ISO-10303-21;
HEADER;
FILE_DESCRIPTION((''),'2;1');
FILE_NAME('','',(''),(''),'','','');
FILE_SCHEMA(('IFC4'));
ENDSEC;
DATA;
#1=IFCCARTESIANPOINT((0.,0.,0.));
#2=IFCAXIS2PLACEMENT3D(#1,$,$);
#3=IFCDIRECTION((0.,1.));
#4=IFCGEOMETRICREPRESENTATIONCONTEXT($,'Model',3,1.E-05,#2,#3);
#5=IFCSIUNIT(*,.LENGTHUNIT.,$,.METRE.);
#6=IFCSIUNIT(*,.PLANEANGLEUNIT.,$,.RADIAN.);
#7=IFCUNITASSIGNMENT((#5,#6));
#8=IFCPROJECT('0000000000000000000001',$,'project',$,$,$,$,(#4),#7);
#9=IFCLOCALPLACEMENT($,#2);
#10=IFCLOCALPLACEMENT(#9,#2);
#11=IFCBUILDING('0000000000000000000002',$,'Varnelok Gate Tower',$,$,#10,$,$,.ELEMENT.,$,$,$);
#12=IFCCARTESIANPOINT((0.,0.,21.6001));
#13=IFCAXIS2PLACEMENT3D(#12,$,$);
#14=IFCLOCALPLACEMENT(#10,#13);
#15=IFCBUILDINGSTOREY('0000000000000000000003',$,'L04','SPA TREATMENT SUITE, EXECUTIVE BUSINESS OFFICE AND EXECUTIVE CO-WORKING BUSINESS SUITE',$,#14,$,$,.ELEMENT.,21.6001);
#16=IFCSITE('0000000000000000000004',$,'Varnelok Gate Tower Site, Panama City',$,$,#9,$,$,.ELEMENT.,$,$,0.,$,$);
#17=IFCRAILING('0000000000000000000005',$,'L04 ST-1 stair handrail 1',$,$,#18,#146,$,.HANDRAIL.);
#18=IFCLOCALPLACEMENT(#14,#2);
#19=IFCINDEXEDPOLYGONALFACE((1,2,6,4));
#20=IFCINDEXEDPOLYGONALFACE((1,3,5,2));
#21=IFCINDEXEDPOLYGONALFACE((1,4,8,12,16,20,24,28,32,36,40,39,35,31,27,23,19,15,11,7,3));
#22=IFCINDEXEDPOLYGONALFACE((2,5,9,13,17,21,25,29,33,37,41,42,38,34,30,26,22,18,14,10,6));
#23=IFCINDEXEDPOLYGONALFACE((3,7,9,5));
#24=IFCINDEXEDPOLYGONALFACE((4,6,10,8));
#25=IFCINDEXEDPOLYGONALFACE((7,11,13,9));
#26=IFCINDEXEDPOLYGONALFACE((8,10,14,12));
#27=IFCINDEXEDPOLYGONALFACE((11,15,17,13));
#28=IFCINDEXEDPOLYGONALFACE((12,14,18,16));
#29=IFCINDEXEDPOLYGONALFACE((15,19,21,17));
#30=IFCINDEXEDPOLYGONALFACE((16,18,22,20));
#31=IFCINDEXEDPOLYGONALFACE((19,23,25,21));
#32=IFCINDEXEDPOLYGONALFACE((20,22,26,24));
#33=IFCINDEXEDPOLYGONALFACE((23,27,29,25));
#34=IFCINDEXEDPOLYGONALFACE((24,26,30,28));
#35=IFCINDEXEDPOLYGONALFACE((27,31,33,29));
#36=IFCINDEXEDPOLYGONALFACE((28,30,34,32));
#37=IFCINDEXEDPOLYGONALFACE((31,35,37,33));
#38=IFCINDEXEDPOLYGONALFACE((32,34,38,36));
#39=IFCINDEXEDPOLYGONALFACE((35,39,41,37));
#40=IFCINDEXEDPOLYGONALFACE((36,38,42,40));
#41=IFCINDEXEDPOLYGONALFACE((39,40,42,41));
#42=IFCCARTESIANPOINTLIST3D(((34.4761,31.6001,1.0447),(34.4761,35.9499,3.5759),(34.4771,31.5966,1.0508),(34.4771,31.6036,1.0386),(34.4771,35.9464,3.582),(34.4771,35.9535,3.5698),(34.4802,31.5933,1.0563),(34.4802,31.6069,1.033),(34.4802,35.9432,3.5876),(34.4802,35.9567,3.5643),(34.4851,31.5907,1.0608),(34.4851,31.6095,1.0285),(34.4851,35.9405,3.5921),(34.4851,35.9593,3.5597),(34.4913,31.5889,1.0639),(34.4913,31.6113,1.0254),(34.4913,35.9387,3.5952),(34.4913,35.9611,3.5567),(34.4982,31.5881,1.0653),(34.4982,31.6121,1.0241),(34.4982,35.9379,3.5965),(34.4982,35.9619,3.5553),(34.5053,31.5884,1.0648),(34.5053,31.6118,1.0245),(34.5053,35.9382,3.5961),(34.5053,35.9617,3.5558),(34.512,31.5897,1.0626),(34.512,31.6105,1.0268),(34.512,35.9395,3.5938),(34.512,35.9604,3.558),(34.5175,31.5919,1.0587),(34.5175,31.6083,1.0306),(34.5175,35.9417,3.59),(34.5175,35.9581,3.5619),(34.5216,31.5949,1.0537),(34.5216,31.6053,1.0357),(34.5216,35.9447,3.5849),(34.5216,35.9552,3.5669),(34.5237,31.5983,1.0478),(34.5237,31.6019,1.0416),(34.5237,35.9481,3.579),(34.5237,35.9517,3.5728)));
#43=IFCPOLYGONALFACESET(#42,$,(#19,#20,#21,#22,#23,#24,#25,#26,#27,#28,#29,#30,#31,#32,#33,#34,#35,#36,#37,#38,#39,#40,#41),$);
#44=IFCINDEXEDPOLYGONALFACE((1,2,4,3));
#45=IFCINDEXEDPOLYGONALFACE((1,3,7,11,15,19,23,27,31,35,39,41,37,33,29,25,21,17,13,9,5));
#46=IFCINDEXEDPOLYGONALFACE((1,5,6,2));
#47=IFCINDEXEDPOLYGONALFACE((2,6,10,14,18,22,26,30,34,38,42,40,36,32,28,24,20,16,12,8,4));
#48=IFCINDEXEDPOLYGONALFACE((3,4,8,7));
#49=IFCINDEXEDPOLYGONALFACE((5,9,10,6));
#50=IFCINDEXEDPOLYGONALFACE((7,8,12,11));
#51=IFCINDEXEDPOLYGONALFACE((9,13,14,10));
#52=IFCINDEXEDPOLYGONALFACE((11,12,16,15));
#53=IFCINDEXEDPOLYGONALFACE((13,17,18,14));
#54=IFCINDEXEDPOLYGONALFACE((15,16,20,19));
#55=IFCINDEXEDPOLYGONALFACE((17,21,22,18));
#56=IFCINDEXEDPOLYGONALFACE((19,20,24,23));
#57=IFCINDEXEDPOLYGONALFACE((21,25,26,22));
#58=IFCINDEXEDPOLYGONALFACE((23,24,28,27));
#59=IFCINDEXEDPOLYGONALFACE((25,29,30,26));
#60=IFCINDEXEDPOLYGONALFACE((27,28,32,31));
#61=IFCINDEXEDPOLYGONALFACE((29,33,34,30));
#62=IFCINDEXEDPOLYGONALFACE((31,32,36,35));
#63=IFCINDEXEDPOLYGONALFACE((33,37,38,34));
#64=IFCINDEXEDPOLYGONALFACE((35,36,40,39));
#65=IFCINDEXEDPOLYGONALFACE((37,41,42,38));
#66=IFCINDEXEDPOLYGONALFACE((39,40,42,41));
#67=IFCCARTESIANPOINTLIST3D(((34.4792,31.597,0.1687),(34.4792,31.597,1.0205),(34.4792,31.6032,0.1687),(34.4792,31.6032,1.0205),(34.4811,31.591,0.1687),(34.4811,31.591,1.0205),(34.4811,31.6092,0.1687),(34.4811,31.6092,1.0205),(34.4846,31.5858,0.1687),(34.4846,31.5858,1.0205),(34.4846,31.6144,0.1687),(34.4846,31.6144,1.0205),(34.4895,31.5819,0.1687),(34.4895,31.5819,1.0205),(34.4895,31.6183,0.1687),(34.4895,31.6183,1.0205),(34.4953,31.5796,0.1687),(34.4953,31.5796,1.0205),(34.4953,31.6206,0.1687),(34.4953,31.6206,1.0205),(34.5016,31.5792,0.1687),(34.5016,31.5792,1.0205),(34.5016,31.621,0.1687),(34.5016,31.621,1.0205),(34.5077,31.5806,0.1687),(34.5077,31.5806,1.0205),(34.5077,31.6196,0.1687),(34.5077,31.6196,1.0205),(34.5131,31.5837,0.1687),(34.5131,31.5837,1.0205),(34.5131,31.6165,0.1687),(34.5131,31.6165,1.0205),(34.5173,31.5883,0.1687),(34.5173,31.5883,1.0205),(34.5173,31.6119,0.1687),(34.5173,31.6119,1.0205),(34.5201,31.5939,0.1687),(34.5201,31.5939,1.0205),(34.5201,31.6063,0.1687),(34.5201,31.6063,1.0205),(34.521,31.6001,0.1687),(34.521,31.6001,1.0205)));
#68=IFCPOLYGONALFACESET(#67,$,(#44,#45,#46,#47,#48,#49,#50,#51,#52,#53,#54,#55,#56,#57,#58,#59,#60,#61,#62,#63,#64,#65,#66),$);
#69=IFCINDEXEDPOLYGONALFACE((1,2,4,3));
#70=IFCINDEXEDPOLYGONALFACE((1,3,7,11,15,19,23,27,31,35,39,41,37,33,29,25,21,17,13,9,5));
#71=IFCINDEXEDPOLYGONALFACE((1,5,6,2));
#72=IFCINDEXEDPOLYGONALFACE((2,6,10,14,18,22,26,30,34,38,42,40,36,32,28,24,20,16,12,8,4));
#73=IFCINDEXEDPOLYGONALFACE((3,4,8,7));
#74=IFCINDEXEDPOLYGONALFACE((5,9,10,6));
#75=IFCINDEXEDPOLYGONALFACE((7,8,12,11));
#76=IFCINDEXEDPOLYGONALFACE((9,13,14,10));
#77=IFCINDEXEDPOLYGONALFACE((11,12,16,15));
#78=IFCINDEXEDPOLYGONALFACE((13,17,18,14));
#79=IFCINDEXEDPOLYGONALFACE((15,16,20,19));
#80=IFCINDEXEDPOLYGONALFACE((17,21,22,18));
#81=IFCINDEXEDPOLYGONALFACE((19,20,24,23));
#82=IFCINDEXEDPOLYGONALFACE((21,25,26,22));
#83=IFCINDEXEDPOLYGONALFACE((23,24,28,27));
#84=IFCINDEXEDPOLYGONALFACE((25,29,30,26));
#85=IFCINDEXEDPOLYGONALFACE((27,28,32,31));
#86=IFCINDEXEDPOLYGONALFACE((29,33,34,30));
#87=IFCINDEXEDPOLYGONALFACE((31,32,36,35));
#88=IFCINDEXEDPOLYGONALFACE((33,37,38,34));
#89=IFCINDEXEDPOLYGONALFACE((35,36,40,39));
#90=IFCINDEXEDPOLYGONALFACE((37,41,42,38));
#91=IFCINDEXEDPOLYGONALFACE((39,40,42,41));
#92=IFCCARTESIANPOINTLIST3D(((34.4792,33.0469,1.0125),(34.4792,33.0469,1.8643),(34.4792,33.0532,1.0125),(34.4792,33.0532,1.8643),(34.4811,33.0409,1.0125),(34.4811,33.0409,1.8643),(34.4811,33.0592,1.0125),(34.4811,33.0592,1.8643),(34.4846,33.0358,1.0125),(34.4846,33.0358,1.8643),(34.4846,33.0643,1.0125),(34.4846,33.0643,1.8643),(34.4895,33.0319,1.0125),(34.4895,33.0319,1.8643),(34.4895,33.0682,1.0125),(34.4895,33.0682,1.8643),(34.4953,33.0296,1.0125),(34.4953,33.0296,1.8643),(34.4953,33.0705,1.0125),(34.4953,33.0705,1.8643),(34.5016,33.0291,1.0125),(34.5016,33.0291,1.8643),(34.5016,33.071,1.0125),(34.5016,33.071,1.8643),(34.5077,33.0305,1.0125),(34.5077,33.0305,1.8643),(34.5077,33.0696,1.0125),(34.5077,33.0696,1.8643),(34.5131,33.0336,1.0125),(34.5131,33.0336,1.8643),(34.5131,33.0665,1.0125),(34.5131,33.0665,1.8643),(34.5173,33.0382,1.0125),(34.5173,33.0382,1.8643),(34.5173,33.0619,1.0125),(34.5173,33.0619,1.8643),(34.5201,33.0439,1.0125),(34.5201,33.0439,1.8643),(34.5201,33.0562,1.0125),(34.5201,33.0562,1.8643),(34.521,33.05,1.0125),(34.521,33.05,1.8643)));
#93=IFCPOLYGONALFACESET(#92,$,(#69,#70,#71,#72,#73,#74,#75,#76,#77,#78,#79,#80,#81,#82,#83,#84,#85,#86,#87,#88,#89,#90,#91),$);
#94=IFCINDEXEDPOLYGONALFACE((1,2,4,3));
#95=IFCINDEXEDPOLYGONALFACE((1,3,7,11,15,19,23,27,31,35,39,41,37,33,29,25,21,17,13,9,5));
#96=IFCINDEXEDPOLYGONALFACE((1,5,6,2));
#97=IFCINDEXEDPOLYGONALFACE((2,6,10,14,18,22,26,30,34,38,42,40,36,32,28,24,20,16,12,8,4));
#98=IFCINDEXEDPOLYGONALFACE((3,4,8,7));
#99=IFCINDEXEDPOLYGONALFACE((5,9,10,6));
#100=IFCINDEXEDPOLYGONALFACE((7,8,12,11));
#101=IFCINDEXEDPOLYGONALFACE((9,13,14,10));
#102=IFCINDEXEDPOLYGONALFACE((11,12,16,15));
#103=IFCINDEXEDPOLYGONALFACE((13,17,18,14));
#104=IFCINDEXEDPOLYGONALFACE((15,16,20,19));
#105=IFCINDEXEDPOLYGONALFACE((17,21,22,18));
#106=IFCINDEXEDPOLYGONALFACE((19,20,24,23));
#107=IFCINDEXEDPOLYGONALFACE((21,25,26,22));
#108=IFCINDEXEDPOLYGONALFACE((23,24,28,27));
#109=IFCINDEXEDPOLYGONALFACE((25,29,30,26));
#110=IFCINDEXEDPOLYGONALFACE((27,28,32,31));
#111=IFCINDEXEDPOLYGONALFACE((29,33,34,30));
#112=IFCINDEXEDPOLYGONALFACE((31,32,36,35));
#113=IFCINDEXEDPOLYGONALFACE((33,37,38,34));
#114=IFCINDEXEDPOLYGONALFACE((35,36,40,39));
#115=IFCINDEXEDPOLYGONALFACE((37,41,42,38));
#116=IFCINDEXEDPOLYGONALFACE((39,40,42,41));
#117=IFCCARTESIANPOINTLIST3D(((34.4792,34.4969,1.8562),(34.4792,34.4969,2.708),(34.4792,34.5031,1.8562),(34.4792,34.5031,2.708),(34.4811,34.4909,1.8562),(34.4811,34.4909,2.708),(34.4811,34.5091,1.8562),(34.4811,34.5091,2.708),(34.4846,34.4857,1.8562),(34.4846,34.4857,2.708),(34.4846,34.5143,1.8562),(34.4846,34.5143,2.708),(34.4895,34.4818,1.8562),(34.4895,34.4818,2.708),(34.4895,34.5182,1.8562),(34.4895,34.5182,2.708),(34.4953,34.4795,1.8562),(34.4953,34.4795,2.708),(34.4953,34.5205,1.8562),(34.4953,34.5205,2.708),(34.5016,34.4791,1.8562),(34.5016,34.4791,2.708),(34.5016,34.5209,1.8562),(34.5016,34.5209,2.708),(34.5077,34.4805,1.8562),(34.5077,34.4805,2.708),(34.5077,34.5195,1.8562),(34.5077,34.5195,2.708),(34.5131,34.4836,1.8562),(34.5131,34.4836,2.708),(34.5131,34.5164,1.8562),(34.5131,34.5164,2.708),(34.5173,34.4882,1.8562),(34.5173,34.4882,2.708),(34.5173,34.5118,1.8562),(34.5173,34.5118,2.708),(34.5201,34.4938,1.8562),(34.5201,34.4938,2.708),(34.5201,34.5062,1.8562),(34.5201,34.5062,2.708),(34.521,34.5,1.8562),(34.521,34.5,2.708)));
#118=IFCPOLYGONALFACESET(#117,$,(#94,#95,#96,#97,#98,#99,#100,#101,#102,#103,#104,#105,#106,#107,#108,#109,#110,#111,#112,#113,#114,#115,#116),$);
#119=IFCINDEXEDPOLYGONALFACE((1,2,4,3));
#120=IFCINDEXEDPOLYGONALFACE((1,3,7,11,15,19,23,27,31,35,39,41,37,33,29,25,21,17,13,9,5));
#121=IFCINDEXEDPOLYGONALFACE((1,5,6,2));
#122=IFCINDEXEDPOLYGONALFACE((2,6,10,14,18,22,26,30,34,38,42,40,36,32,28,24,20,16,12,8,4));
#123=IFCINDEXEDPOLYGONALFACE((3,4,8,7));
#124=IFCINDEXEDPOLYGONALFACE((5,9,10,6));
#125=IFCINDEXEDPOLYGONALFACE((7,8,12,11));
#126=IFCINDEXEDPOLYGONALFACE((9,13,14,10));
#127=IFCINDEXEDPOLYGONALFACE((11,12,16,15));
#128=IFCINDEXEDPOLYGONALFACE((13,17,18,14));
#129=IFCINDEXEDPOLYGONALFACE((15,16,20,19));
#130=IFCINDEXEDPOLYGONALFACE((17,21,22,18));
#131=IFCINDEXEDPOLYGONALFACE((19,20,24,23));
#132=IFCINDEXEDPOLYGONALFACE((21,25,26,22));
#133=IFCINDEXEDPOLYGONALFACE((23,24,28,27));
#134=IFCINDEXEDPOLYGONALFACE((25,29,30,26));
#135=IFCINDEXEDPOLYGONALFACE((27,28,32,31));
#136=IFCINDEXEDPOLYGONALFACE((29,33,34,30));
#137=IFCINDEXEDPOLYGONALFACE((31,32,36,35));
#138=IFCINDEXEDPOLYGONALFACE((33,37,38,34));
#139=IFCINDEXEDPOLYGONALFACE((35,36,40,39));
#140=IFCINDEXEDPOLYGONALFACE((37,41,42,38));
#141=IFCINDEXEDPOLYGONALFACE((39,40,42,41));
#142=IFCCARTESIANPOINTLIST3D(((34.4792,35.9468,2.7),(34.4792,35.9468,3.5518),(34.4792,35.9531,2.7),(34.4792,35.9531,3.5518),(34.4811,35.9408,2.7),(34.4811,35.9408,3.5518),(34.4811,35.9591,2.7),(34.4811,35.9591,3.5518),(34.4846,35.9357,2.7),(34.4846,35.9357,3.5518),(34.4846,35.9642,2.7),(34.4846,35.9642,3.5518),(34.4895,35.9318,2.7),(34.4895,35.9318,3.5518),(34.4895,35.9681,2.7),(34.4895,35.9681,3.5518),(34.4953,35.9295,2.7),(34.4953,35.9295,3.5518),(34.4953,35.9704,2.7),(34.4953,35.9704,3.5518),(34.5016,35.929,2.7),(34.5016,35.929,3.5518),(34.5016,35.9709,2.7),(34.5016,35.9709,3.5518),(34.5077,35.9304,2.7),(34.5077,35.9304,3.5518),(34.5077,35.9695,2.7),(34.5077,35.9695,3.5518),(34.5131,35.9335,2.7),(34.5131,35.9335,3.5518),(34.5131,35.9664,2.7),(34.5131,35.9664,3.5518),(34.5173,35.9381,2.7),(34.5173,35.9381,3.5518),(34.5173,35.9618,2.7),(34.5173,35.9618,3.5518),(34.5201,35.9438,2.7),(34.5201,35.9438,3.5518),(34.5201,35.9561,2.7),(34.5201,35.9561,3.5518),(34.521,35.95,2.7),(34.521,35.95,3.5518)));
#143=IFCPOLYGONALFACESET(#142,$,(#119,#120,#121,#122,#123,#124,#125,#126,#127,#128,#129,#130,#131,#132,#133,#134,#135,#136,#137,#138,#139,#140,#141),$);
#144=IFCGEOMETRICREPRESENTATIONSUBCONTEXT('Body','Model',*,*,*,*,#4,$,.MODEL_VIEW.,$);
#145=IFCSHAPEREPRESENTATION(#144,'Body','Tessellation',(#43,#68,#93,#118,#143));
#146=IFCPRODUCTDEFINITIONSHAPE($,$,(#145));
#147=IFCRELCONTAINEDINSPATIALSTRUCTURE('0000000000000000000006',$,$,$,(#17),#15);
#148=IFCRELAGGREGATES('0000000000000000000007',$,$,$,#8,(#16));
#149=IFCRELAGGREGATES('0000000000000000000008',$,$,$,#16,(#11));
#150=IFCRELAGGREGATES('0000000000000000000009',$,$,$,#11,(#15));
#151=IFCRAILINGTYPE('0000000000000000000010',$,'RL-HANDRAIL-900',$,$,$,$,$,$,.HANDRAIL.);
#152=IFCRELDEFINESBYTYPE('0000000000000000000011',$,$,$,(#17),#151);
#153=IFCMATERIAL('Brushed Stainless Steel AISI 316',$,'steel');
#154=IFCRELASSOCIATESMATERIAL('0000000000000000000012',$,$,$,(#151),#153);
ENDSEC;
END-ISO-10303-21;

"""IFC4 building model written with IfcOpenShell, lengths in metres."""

from ifc_helpers import new_model, si_unit, direction, frame, origin, origin_2d, place, context, subcontext, project, spatial, circle, extrude, material, type_object, element, save


model = new_model("IFC4")

# Units and contexts
model_context = context("Model", 3, precision=1e-05, world=origin(), true_north=direction((0.0, 1.0)))
body_context = subcontext(model_context, "Body", "Model", "MODEL_VIEW")
ifc_project = project(units=[si_unit("LENGTHUNIT", "METRE"), si_unit("PLANEANGLEUNIT", "RADIAN")], contexts=[model_context])

# Site, building, storey
site_placement = place(None, origin())
site = spatial("IfcSite", under=ifc_project, at=site_placement, Name="Varnelok Gate Tower Site, Panama City", CompositionType="ELEMENT", RefElevation=0.0)
building_placement = place(site_placement, origin())
building = spatial("IfcBuilding", under=site, at=building_placement, Name="Varnelok Gate Tower", CompositionType="ELEMENT")
storey_placement = place(building_placement, frame((0.0, 0.0, 21.6001)))
storey = spatial("IfcBuildingStorey", under=building, at=storey_placement, Name="L04", Description="SPA TREATMENT SUITE, EXECUTIVE BUSINESS OFFICE AND EXECUTIVE CO-WORKING BUSINESS SUITE", CompositionType="ELEMENT", Elevation=21.6001)

# Railing
ifc_material_1 = material(Name="Brushed Stainless Steel AISI 316", Category="steel")
railing_type_1 = type_object("IfcRailingType", Name="RL-HANDRAIL-900", PredefinedType="HANDRAIL", material=ifc_material_1)
railing_1_placement = place(storey_placement, frame((34.5, 31.6001, 0.1687)))
element("IfcRailing", 1, at=railing_1_placement, inside=storey, type_object=railing_type_1, Name="L04 ST-1 stair handrail 1", PredefinedType="HANDRAIL", context=body_context, shape_type="SweptSolid", body=[
    extrude(circle(Radius=0.0239, at=origin_2d()), frame((0.0, 0.0, 0.876), z_axis=(0.0, 0.864312, 0.502957), x_axis=(-1.0, 0.0, 0.0)), (0.0, 0.0, 1.0), 5.0327),
    extrude(circle(Radius=0.021, at=origin_2d()), origin(), (0.0, 0.0, 1.0), 0.8518),
    extrude(circle(Radius=0.021, at=origin_2d()), frame((0.0, 1.45, 0.8438)), (0.0, 0.0, 1.0), 0.8518),
    extrude(circle(Radius=0.021, at=origin_2d()), frame((0.0, 2.8999, 1.6875)), (0.0, 0.0, 1.0), 0.8518),
    extrude(circle(Radius=0.021, at=origin_2d()), frame((0.0, 4.3499, 2.5312)), (0.0, 0.0, 1.0), 0.8518),
])

save(model, "model.ifc")
